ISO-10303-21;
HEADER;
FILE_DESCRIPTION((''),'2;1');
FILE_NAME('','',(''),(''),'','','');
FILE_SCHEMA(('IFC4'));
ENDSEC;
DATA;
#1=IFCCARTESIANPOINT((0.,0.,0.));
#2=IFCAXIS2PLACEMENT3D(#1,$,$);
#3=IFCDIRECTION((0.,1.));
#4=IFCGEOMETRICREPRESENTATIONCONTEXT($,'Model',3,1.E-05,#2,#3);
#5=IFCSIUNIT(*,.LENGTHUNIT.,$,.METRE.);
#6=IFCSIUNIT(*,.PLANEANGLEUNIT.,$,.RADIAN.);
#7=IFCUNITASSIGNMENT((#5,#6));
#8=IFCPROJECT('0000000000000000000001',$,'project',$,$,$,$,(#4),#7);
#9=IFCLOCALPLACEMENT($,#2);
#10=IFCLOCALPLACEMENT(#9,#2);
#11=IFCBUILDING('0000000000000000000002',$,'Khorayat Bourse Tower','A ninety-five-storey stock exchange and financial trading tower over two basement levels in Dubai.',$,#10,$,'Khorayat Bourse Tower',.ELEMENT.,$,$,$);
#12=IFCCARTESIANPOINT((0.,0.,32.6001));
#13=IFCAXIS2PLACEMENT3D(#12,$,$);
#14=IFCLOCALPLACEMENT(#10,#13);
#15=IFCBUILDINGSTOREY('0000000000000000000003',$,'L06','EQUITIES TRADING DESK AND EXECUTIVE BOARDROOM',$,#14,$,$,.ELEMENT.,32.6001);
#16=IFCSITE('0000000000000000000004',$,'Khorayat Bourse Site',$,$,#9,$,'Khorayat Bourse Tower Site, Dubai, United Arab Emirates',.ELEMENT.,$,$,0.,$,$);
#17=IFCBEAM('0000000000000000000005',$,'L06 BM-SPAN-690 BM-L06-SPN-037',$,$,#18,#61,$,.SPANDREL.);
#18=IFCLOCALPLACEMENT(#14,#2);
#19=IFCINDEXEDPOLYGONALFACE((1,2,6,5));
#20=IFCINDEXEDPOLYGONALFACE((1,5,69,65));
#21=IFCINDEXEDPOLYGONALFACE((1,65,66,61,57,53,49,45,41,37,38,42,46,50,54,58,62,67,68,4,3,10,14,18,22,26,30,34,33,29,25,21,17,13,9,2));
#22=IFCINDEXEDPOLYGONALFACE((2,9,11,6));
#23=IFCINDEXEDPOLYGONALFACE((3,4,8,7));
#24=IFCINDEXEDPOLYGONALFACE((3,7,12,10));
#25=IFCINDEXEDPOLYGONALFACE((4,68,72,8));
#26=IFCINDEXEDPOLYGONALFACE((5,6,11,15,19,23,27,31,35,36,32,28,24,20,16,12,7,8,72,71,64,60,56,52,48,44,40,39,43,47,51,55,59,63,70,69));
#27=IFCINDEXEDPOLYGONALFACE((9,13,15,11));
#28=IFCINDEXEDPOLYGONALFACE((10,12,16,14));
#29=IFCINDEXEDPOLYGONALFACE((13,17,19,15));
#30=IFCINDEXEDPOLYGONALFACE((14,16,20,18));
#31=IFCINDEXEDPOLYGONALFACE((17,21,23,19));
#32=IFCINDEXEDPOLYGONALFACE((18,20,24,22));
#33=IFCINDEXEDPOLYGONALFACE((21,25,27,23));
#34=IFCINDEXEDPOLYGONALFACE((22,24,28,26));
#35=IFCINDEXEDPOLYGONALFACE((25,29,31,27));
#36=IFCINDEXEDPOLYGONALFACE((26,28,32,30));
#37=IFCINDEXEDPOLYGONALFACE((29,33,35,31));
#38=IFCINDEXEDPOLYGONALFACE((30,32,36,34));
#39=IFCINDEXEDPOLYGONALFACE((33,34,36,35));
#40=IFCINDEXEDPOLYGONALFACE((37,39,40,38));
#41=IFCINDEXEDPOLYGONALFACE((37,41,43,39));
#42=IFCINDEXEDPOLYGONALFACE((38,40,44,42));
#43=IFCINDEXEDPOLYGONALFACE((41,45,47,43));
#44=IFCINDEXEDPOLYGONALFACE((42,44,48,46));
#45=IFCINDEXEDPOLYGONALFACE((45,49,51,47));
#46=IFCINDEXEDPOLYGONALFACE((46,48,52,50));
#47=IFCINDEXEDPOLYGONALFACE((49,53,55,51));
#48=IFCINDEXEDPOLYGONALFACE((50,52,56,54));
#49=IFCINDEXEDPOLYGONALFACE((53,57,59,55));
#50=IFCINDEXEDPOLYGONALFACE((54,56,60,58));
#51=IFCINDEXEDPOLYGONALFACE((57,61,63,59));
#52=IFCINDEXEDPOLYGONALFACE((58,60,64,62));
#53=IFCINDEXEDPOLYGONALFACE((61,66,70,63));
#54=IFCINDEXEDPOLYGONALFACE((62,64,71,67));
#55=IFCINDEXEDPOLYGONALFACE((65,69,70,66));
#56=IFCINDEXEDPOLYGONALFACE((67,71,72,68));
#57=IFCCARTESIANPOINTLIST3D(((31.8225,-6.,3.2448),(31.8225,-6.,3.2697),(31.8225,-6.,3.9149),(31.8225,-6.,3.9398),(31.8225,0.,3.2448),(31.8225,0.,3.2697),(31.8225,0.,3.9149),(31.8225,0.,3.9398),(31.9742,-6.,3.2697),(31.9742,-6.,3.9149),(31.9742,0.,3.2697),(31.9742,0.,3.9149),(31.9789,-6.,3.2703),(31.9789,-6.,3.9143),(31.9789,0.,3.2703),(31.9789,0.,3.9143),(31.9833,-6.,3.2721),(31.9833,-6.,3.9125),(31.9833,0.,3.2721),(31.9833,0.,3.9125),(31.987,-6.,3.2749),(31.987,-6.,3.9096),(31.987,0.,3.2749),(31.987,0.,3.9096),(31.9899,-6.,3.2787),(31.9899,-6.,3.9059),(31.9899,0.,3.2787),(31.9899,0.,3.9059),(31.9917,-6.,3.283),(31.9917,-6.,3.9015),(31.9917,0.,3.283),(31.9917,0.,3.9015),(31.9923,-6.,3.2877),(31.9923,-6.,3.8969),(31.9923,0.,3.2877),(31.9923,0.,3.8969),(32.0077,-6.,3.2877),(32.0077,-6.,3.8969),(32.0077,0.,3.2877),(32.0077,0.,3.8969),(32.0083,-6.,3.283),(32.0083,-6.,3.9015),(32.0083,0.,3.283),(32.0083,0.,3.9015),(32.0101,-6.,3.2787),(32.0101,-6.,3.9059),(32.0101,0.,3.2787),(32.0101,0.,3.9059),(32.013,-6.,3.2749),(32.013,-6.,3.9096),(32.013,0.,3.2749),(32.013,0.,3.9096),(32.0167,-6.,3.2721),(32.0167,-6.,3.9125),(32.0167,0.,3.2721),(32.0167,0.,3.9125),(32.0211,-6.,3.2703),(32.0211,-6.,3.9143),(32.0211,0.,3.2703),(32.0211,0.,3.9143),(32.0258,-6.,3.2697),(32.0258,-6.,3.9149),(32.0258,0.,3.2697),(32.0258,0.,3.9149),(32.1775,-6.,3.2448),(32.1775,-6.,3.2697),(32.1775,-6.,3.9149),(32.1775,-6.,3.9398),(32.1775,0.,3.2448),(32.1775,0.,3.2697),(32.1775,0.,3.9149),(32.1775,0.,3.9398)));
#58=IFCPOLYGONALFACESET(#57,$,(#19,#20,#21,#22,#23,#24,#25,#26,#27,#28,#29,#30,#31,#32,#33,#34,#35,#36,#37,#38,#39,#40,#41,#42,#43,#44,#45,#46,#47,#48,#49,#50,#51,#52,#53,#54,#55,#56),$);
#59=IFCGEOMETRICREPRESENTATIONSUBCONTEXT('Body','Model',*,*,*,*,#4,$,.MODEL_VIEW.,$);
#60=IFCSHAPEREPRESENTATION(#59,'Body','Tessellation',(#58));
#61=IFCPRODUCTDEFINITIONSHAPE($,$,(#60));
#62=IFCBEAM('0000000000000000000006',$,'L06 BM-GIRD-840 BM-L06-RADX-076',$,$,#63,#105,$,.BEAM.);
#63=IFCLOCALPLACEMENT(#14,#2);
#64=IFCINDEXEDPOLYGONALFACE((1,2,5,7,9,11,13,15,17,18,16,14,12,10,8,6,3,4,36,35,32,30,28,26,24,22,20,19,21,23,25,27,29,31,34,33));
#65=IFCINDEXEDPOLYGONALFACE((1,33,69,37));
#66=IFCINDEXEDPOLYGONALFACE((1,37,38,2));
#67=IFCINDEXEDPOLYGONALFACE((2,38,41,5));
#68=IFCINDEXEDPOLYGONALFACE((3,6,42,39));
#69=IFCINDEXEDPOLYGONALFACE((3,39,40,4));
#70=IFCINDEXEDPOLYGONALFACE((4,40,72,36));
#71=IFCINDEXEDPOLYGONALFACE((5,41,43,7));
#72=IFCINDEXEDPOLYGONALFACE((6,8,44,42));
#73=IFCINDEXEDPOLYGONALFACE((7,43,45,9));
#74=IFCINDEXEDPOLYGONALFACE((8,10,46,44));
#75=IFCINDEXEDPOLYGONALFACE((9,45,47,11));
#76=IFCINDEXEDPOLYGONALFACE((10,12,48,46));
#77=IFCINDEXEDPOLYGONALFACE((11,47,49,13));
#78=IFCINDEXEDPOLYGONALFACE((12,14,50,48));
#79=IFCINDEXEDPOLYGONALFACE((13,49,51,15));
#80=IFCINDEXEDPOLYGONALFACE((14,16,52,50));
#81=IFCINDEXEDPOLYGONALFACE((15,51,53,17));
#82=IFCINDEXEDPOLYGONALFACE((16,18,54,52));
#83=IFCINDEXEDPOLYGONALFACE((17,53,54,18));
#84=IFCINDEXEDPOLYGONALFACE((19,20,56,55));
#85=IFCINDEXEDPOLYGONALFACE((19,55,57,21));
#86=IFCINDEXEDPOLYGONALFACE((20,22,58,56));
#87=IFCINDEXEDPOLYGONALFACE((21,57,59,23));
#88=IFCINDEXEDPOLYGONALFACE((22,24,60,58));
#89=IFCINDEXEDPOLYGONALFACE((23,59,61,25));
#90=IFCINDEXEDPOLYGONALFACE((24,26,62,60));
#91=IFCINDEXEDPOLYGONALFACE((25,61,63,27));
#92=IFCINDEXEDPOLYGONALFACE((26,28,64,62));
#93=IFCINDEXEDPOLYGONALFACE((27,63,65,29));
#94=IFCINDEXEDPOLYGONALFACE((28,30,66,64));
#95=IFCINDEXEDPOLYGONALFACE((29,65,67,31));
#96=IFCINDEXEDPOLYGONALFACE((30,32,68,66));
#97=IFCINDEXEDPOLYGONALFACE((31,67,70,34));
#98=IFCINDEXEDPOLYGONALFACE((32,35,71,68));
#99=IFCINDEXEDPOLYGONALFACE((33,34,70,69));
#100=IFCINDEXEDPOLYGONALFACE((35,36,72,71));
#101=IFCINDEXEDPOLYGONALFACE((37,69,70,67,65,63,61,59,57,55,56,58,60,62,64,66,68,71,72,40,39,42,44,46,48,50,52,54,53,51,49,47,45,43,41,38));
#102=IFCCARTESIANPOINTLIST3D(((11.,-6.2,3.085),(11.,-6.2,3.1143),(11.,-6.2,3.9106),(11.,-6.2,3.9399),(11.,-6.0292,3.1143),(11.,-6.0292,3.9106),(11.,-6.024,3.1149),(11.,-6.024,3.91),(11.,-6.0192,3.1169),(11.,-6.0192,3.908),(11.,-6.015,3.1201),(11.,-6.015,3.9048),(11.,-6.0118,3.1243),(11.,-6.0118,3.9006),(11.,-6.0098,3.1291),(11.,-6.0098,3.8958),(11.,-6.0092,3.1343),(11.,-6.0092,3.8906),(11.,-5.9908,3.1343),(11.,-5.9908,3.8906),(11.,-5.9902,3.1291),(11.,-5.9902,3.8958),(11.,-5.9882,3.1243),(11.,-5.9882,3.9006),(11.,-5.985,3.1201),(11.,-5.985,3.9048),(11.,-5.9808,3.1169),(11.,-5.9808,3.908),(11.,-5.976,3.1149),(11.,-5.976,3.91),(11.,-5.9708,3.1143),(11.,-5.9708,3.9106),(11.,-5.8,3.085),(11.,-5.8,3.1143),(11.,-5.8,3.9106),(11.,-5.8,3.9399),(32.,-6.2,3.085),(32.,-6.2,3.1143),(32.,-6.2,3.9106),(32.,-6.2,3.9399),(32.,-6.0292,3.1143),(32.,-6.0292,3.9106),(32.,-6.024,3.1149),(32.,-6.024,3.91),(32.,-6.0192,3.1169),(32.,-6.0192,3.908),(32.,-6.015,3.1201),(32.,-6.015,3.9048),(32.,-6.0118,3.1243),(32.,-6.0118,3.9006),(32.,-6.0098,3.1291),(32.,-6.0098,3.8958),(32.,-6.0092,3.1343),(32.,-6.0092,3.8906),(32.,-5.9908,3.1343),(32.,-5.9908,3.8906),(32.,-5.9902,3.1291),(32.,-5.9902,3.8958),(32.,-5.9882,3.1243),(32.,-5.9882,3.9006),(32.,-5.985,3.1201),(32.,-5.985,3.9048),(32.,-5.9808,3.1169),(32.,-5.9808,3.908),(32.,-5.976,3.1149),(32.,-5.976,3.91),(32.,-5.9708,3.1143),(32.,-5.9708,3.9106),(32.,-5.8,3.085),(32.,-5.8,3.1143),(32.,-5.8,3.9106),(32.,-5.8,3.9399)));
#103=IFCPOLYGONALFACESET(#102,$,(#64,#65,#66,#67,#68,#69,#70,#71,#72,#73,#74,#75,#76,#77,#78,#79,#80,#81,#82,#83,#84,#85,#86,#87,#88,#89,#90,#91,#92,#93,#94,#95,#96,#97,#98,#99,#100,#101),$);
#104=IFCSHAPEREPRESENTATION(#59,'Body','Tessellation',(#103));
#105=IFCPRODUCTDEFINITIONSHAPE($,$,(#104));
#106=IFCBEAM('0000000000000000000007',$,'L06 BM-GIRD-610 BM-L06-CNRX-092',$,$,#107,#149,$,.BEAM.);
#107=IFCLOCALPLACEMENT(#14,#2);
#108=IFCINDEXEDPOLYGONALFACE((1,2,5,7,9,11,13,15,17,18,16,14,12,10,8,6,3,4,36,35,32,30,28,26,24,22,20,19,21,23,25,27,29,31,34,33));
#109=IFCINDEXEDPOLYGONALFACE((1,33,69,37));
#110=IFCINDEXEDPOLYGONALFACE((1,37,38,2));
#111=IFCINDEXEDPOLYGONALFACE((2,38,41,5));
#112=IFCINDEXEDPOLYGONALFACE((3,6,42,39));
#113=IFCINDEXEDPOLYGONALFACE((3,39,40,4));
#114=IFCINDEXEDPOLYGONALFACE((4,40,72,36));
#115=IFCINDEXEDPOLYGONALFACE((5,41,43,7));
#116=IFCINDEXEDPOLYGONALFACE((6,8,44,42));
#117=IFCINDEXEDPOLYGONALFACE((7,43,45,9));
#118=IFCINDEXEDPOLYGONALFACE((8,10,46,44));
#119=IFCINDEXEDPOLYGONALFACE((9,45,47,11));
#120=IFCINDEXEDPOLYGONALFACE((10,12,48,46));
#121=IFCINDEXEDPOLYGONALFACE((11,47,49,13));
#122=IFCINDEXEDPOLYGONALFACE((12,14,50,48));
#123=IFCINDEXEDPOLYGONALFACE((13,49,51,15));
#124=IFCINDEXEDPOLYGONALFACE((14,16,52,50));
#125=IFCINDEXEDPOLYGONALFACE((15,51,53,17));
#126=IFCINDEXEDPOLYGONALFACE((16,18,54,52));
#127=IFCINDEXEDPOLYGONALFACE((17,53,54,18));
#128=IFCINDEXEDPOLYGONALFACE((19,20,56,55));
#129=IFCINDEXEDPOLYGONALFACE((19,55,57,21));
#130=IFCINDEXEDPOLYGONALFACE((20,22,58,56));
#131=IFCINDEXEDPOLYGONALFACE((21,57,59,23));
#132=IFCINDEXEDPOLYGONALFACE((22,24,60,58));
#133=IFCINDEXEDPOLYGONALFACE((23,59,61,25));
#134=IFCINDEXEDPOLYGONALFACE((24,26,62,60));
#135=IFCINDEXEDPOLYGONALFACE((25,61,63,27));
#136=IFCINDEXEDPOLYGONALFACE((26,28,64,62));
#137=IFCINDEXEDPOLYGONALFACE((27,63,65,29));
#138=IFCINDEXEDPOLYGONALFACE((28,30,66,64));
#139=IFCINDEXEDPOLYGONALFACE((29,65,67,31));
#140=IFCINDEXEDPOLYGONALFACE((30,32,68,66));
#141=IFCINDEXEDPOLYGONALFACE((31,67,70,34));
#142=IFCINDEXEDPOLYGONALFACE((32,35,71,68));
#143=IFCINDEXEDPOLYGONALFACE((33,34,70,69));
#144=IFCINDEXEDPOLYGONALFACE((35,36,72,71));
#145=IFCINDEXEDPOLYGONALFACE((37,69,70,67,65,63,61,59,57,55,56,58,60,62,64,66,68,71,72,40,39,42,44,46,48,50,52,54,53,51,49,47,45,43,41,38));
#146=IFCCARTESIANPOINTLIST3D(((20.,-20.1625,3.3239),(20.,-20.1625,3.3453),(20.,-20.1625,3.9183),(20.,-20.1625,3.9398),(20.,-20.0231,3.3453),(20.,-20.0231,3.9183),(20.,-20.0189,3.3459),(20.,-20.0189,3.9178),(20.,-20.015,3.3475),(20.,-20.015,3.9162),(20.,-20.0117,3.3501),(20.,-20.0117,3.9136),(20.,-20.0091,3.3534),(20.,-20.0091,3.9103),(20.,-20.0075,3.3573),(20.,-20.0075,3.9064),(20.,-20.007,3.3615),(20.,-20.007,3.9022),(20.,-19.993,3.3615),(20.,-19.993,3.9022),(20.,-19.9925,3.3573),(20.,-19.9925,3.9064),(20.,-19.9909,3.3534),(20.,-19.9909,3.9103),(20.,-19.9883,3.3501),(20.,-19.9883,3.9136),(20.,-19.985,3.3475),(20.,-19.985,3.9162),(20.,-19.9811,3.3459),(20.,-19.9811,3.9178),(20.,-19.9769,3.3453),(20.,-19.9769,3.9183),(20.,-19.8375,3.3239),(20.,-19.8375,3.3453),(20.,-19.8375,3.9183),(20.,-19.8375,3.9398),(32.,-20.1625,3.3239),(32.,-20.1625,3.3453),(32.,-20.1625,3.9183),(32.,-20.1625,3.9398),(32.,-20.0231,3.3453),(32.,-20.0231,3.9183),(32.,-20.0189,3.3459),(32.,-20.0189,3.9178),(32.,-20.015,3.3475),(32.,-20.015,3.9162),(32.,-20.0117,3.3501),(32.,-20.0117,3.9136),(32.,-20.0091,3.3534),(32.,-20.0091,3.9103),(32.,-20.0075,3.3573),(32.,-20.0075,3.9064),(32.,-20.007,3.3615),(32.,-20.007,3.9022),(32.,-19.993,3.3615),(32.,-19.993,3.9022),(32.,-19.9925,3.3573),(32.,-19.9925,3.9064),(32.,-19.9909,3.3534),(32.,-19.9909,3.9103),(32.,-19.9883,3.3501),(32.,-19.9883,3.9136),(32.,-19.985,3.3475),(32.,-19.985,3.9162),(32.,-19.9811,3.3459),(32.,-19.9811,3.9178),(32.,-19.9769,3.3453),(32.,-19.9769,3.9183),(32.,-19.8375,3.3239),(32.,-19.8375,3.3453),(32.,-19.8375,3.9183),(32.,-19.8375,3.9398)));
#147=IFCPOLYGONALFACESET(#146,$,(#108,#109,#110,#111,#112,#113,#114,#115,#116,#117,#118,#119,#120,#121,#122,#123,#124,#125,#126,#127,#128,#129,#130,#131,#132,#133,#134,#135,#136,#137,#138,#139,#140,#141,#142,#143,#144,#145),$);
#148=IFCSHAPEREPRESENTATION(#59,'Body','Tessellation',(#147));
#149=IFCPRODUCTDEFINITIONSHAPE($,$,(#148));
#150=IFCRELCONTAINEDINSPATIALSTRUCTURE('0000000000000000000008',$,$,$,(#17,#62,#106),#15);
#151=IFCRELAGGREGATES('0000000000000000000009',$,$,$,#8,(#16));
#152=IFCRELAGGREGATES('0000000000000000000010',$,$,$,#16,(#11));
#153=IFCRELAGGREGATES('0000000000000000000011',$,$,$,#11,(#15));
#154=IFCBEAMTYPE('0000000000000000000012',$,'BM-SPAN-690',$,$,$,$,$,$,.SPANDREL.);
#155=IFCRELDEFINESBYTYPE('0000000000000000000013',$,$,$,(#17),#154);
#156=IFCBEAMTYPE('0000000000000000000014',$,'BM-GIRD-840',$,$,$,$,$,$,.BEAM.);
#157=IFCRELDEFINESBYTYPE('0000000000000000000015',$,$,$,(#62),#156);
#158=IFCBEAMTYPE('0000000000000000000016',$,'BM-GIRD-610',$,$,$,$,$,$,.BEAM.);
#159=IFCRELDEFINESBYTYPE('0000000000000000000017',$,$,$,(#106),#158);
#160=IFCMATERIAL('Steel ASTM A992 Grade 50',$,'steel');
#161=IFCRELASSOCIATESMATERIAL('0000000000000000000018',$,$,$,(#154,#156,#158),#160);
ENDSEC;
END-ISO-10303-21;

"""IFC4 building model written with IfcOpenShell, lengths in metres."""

from ifc_helpers import new_model, si_unit, direction, frame, origin, origin_2d, place, context, subcontext, project, spatial, i_section, extrude, source, transform, mapped, material, material_profile, profile_set, type_object, element, save


model = new_model("IFC4")

# Units and contexts
model_context = context("Model", 3, precision=1e-05, world=origin(), true_north=direction((0.0, 1.0)))
body_context = subcontext(model_context, "Body", "Model", "MODEL_VIEW")
ifc_project = project(units=[si_unit("LENGTHUNIT", "METRE"), si_unit("PLANEANGLEUNIT", "RADIAN")], contexts=[model_context])

# Site, building, storey
site_placement = place(None, origin())
site = spatial("IfcSite", under=ifc_project, at=site_placement, Name="Khorayat Bourse Site", LongName="Khorayat Bourse Tower Site, Dubai, United Arab Emirates", CompositionType="ELEMENT", RefElevation=0.0)
building_placement = place(site_placement, origin())
building = spatial("IfcBuilding", under=site, at=building_placement, Name="Khorayat Bourse Tower", Description="A ninety-five-storey stock exchange and financial trading tower over two basement levels in Dubai.", LongName="Khorayat Bourse Tower", CompositionType="ELEMENT")
storey_placement = place(building_placement, frame((0.0, 0.0, 32.6001)))
storey = spatial("IfcBuildingStorey", under=building, at=storey_placement, Name="L06", Description="EQUITIES TRADING DESK AND EXECUTIVE BOARDROOM", CompositionType="ELEMENT", Elevation=32.6001)

# Beams
ifc_material_1 = material(Name="Steel ASTM A992 Grade 50", Category="steel")
ifc_material_profile_1 = material_profile(ifc_material_1, i_section(OverallWidth=0.355, OverallDepth=0.6951, WebThickness=0.0154, FlangeThickness=0.0249, FilletRadius=0.0181, at=origin_2d()), Name="W690X217")
ifc_profile_set_1 = profile_set([ifc_material_profile_1], Name="Steel ASTM A992 Grade 50")
beam_type_1 = type_object("IfcBeamType", Name="BM-SPAN-690", PredefinedType="SPANDREL", material=ifc_profile_set_1)
shared_shape_1 = source(origin(), body_context, "Body", "SweptSolid", [
    extrude(i_section(OverallWidth=0.355, OverallDepth=0.6951, WebThickness=0.0154, FlangeThickness=0.0249, FilletRadius=0.0181, at=origin_2d()), origin(), (0.0, 0.0, 1.0), 6.0),
])
beam_1_placement = place(storey_placement, frame((32.0, -6.0, 3.5923), z_axis=(0.0, 1.0, 0.0), x_axis=(-1.0, 0.0, 0.0)))
element("IfcBeam", 1, at=beam_1_placement, inside=storey, type_object=beam_type_1, Name="L06 BM-SPAN-690 BM-L06-SPN-037", PredefinedType="SPANDREL", context=body_context, shape_type="MappedRepresentation", body=[
    mapped(shared_shape_1, transform((0.0, 0.0, 0.0), scale=1.0)),
])
ifc_material_profile_2 = material_profile(ifc_material_1, i_section(OverallWidth=0.3999, OverallDepth=0.855, WebThickness=0.0183, FlangeThickness=0.0293, FilletRadius=0.02, at=origin_2d()), Name="W840X299")
ifc_profile_set_2 = profile_set([ifc_material_profile_2], Name="Steel ASTM A992 Grade 50")
beam_type_2 = type_object("IfcBeamType", Name="BM-GIRD-840", PredefinedType="BEAM", material=ifc_profile_set_2)
shared_shape_2 = source(origin(), body_context, "Body", "SweptSolid", [
    extrude(i_section(OverallWidth=0.3999, OverallDepth=0.855, WebThickness=0.0183, FlangeThickness=0.0293, FilletRadius=0.02, at=origin_2d()), origin(), (0.0, 0.0, 1.0), 21.0),
])
beam_2_placement = place(storey_placement, frame((11.0, -6.0, 3.5125), z_axis=(1.0, 0.0, 0.0), x_axis=(0.0, 1.0, 0.0)))
element("IfcBeam", 2, at=beam_2_placement, inside=storey, type_object=beam_type_2, Name="L06 BM-GIRD-840 BM-L06-RADX-076", PredefinedType="BEAM", context=body_context, shape_type="MappedRepresentation", body=[
    mapped(shared_shape_2, transform((0.0, 0.0, 0.0), scale=1.0)),
])
ifc_material_profile_3 = material_profile(ifc_material_1, i_section(OverallWidth=0.325, OverallDepth=0.616, WebThickness=0.0139, FlangeThickness=0.0215, FilletRadius=0.0161, at=origin_2d()), Name="W610X174")
ifc_profile_set_3 = profile_set([ifc_material_profile_3], Name="Steel ASTM A992 Grade 50")
beam_type_3 = type_object("IfcBeamType", Name="BM-GIRD-610", PredefinedType="BEAM", material=ifc_profile_set_3)
shared_shape_3 = source(origin(), body_context, "Body", "SweptSolid", [
    extrude(i_section(OverallWidth=0.325, OverallDepth=0.616, WebThickness=0.0139, FlangeThickness=0.0215, FilletRadius=0.0161, at=origin_2d()), origin(), (0.0, 0.0, 1.0), 12.0),
])
beam_3_placement = place(storey_placement, frame((20.0, -20.0, 3.6318), z_axis=(1.0, 0.0, 0.0), x_axis=(0.0, 1.0, 0.0)))
element("IfcBeam", 3, at=beam_3_placement, inside=storey, type_object=beam_type_3, Name="L06 BM-GIRD-610 BM-L06-CNRX-092", PredefinedType="BEAM", context=body_context, shape_type="MappedRepresentation", body=[
    mapped(shared_shape_3, transform((0.0, 0.0, 0.0), scale=1.0)),
])

save(model, "model.ifc")
